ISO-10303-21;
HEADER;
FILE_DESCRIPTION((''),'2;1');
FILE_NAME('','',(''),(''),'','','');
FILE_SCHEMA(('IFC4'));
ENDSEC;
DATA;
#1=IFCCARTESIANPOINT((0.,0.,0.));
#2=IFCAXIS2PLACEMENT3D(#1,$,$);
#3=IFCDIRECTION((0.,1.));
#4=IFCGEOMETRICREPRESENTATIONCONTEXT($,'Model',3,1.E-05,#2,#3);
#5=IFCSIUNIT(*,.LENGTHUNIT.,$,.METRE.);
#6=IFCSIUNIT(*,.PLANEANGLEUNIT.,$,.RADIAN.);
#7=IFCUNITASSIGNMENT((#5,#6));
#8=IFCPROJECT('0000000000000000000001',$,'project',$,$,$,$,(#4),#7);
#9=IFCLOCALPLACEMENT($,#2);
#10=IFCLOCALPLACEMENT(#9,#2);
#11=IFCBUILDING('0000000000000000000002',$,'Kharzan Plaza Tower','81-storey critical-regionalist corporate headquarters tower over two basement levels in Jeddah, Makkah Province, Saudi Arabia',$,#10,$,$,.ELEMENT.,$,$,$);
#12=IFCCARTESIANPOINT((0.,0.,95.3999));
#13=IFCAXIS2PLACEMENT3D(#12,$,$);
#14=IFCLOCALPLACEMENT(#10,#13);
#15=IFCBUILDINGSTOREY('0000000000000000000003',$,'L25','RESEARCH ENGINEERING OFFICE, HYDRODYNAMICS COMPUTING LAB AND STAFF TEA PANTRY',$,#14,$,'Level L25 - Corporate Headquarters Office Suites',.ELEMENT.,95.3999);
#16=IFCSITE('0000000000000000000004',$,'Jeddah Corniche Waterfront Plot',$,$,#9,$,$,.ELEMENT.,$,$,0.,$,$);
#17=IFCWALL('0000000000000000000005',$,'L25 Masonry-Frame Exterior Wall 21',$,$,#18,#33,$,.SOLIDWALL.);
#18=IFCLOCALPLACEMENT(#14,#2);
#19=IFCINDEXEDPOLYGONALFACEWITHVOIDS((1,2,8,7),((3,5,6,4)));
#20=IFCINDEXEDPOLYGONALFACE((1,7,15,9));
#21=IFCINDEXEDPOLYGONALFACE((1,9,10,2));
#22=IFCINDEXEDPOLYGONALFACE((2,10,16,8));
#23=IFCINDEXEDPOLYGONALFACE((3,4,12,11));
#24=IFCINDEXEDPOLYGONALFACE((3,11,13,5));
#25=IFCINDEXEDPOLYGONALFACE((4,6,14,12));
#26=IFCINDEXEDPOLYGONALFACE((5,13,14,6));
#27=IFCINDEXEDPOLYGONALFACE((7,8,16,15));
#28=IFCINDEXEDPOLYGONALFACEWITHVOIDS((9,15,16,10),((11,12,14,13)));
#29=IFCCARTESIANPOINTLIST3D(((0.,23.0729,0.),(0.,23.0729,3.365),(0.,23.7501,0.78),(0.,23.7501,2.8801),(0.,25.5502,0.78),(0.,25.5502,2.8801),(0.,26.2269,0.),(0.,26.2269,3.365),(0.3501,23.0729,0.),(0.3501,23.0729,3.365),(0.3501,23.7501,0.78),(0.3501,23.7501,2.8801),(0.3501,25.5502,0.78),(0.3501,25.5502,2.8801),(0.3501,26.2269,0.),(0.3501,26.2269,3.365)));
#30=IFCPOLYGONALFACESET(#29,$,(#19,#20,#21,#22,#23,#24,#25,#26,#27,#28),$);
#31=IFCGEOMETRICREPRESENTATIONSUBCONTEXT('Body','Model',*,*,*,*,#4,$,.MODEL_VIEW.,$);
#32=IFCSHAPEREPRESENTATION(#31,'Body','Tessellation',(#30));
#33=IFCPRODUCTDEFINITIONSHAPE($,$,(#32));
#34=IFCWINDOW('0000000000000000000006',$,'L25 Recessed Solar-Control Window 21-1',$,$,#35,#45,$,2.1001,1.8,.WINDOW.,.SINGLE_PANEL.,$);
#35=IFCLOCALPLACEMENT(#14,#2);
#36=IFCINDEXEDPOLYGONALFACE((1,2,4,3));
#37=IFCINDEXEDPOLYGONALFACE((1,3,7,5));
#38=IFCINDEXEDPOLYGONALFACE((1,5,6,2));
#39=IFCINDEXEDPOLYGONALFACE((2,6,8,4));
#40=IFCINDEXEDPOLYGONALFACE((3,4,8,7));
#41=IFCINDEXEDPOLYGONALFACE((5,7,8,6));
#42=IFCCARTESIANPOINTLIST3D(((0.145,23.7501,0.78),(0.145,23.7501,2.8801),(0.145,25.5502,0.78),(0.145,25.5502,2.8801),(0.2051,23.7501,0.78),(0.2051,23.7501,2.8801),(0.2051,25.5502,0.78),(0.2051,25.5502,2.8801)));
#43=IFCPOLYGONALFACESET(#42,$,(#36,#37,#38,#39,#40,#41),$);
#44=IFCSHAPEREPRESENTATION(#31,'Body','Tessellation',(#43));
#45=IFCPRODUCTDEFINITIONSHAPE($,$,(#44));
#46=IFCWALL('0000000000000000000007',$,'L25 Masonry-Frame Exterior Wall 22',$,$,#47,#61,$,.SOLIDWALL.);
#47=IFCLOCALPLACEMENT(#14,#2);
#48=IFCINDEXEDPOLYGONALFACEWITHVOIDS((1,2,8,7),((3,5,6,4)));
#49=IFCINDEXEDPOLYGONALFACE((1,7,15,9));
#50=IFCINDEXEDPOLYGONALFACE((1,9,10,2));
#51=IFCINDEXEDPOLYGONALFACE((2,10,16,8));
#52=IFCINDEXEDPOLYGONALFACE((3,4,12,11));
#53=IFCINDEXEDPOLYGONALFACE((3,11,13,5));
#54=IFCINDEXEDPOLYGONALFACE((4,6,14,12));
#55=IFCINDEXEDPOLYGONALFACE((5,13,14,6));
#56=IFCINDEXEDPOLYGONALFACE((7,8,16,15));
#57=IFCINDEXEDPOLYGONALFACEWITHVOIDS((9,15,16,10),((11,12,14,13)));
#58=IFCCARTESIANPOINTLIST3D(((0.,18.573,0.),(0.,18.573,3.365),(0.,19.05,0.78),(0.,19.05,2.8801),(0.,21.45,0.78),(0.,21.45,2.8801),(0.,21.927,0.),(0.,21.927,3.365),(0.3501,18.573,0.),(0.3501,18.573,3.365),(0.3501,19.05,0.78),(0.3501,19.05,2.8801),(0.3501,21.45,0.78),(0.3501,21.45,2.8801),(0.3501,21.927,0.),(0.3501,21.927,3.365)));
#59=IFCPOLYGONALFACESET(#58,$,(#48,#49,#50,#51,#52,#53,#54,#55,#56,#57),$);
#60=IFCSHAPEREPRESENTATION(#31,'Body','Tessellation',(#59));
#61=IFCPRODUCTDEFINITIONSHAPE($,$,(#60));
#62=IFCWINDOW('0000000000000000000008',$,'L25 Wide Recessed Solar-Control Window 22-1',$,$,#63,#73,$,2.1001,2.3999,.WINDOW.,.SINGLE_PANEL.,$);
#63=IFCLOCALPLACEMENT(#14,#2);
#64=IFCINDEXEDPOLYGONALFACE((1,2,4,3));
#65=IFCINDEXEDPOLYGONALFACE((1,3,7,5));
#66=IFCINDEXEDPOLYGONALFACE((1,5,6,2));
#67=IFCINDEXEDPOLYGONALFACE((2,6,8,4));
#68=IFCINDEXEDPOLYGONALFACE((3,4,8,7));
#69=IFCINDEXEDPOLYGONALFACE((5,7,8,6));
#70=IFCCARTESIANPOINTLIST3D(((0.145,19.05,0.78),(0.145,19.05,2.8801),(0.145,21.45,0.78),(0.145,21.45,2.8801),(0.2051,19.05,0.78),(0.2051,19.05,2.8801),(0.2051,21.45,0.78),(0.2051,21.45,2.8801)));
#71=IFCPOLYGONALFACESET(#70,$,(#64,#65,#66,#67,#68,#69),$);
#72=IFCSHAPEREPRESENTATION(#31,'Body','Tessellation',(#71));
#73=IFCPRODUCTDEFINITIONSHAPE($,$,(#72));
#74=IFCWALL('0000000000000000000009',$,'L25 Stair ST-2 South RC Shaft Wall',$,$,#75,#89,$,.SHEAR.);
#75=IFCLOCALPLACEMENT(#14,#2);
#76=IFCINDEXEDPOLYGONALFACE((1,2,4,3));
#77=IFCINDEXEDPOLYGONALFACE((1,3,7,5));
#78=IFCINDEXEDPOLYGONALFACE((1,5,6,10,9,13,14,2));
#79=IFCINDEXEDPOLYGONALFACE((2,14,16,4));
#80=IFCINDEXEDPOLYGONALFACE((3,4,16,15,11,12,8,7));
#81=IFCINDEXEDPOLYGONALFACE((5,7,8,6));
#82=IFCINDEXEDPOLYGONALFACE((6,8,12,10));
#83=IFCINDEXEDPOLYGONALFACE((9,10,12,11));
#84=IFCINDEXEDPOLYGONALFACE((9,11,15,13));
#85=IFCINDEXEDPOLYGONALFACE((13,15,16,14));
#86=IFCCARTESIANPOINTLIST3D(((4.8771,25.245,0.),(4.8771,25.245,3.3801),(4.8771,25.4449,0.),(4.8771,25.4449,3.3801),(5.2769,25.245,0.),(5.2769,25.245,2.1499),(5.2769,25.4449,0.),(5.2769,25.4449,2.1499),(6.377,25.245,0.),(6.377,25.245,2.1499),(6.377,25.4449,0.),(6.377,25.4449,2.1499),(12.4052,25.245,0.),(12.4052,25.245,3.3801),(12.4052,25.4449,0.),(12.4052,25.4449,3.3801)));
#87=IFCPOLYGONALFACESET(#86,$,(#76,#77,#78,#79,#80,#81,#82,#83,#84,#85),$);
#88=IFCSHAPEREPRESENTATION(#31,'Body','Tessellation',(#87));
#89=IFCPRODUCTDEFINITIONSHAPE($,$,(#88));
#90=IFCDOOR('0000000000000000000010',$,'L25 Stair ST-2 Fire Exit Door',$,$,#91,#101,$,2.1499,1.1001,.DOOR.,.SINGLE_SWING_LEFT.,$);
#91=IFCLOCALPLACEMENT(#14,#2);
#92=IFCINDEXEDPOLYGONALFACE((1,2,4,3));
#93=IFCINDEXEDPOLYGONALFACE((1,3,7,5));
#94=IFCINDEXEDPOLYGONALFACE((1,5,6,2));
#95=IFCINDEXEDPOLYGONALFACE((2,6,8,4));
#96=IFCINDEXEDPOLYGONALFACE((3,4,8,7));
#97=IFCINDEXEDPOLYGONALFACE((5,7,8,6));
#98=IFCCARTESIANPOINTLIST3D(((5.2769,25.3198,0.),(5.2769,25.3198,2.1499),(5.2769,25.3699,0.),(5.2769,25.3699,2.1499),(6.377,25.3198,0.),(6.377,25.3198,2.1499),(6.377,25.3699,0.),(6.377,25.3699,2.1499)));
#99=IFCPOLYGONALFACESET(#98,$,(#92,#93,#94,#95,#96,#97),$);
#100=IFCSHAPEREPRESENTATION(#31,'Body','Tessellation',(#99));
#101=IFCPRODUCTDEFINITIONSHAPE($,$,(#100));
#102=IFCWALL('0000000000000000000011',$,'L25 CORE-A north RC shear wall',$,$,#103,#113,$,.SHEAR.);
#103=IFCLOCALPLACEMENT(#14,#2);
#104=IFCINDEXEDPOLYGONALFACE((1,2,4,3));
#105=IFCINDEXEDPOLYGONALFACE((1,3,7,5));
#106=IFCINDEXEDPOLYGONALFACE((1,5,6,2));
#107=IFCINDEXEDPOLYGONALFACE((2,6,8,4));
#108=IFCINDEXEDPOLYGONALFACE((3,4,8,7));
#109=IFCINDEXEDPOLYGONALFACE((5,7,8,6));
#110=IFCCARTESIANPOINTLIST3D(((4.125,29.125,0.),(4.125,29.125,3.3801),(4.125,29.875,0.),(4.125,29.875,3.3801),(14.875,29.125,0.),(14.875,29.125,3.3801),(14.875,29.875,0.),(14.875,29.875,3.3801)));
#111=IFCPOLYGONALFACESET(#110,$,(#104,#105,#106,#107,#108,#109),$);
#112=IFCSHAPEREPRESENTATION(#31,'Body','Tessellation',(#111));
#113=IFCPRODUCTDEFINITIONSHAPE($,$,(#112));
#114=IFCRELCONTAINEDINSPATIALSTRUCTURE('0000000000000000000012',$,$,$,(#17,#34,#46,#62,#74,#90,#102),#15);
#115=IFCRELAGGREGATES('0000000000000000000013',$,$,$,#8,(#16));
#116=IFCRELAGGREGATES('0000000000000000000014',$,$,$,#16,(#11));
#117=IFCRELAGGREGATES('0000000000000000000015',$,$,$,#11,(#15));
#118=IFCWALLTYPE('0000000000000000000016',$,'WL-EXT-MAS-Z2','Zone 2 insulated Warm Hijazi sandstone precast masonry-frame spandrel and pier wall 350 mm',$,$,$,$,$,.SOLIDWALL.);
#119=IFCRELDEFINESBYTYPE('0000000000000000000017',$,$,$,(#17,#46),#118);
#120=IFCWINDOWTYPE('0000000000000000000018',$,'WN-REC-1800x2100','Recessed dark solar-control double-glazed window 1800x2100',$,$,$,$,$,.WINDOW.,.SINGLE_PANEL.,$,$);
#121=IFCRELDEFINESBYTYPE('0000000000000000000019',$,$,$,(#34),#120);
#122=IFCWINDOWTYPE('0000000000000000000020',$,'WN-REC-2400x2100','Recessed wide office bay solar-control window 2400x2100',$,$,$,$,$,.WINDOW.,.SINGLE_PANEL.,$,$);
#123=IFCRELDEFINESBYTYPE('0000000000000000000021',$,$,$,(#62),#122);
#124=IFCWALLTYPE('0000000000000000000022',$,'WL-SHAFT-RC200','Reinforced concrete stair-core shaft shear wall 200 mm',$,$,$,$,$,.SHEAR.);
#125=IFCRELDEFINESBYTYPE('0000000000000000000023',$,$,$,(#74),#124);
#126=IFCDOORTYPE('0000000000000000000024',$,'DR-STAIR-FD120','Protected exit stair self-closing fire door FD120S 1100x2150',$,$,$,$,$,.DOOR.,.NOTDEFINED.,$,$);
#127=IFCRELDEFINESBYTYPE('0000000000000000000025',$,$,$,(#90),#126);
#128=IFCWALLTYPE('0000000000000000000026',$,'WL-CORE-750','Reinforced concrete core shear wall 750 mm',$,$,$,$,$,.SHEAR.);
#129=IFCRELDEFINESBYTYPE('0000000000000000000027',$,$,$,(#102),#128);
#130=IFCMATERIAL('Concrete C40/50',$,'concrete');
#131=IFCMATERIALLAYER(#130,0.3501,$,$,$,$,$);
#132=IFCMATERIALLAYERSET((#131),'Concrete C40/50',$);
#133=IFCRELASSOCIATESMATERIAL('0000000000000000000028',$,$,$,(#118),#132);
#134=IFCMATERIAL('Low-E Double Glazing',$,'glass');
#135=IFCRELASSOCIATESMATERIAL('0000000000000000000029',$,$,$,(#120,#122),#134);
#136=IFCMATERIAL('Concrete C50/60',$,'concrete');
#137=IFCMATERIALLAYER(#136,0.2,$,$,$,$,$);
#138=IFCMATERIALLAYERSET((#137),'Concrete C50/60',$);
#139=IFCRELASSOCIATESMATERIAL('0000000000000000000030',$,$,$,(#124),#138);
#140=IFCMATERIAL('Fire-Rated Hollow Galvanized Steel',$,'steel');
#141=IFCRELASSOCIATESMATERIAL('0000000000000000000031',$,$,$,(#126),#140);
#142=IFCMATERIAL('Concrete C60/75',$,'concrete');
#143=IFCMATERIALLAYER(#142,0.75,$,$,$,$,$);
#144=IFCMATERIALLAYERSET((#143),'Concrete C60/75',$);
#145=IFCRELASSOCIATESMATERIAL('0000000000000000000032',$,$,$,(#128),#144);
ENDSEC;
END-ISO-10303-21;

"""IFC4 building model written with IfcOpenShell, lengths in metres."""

from ifc_helpers import new_model, si_unit, direction, frame, frame_2d, origin, place, context, subcontext, project, spatial, rectangle, extrude, source, transform, mapped, material, layer, layer_set, type_object, element, fill, save


model = new_model("IFC4")

# Units and contexts
model_context = context("Model", 3, precision=1e-05, world=origin(), true_north=direction((0.0, 1.0)))
body_context = subcontext(model_context, "Body", "Model", "MODEL_VIEW")
ifc_project = project(units=[si_unit("LENGTHUNIT", "METRE"), si_unit("PLANEANGLEUNIT", "RADIAN")], contexts=[model_context])

# Site, building, storey
site_placement = place(None, origin())
site = spatial("IfcSite", under=ifc_project, at=site_placement, Name="Jeddah Corniche Waterfront Plot", CompositionType="ELEMENT", RefElevation=0.0)
building_placement = place(site_placement, origin())
building = spatial("IfcBuilding", under=site, at=building_placement, Name="Kharzan Plaza Tower", Description="81-storey critical-regionalist corporate headquarters tower over two basement levels in Jeddah, Makkah Province, Saudi Arabia", CompositionType="ELEMENT")
storey_placement = place(building_placement, frame((0.0, 0.0, 95.3999)))
storey = spatial("IfcBuildingStorey", under=building, at=storey_placement, Name="L25", Description="RESEARCH ENGINEERING OFFICE, HYDRODYNAMICS COMPUTING LAB AND STAFF TEA PANTRY", LongName="Level L25 - Corporate Headquarters Office Suites", CompositionType="ELEMENT", Elevation=95.3999)

# Shared definitions
ifc_material_1 = material(Name="Concrete C60/75", Category="concrete")

# Walls, openings, windows
ifc_material_2 = material(Name="Concrete C40/50", Category="concrete")
ifc_layer_1 = layer(ifc_material_2, 0.3501)
ifc_layer_set_1 = layer_set([ifc_layer_1], Name="Concrete C40/50")
wall_type_1 = type_object("IfcWallType", Name="WL-EXT-MAS-Z2", Description="Zone 2 insulated Warm Hijazi sandstone precast masonry-frame spandrel and pier wall 350 mm", PredefinedType="SOLIDWALL", material=ifc_layer_set_1)
ifc_material_3 = material(Name="Low-E Double Glazing", Category="glass")
wall_1_placement = place(storey_placement, frame((0.175, 26.2271, 0.0), z_axis=(0.0, 0.0, 1.0), x_axis=(0.0, -1.0, 0.0)))
wall_1 = element("IfcWall", 1, at=wall_1_placement, inside=storey, type_object=wall_type_1, Name="L25 Masonry-Frame Exterior Wall 21", PredefinedType="SOLIDWALL", context=body_context, shape_type="SweptSolid", body=[
    extrude(rectangle(XDim=3.1541, YDim=0.3501, at=frame_2d((1.5771, 0.0))), origin(), (0.0, 0.0, 1.0), 3.365),
])
opening_1_placement = place(wall_1_placement, frame((0.677, 0.0, 0.78)))
opening_1 = element("IfcOpeningElement", 2, at=opening_1_placement, cuts=wall_1, PredefinedType="OPENING", context=body_context, shape_type="SweptSolid", body=[
    extrude(rectangle(XDim=1.8, YDim=2.1001, at=frame_2d((0.8999, 1.05))), frame((0.0, 0.1851, 0.0), z_axis=(0.0, -1.0, 0.0), x_axis=(1.0, 0.0, 0.0)), (0.0, 0.0, 1.0), 0.3701),
])
window_type_1 = type_object("IfcWindowType", Name="WN-REC-1800x2100", Description="Recessed dark solar-control double-glazed window 1800x2100", PartitioningType="SINGLE_PANEL", PredefinedType="WINDOW", material=ifc_material_3)
shared_shape_1 = source(origin(), body_context, "Body", "SweptSolid", [
    extrude(rectangle(XDim=1.8, YDim=2.1001, at=frame_2d((0.8999, 1.05))), frame((0.0, 0.03, 0.0), z_axis=(0.0, -1.0, 0.0), x_axis=(1.0, 0.0, 0.0)), (0.0, 0.0, 1.0), 0.0601),
])
window_1_placement = place(opening_1_placement, origin())
window_1 = element("IfcWindow", 3, at=window_1_placement, inside=storey, type_object=window_type_1, Name="L25 Recessed Solar-Control Window 21-1", OverallHeight=2.1001, OverallWidth=1.8, PartitioningType="SINGLE_PANEL", PredefinedType="WINDOW", context=body_context, shape_type="MappedRepresentation", body=[
    mapped(shared_shape_1, transform((0.0, 0.0, 0.0), x_axis=(1.0, 0.0, 0.0), y_axis=(0.0, 1.0, 0.0), z_axis=(0.0, 0.0, 1.0))),
])
fill(opening_1, window_1)
wall_2_placement = place(storey_placement, frame((0.175, 21.927, 0.0), z_axis=(0.0, 0.0, 1.0), x_axis=(0.0, -1.0, 0.0)))
wall_2 = element("IfcWall", 4, at=wall_2_placement, inside=storey, type_object=wall_type_1, Name="L25 Masonry-Frame Exterior Wall 22", PredefinedType="SOLIDWALL", context=body_context, shape_type="SweptSolid", body=[
    extrude(rectangle(XDim=3.354, YDim=0.3501, at=frame_2d((1.677, 0.0))), origin(), (0.0, 0.0, 1.0), 3.365),
])
opening_2_placement = place(wall_2_placement, frame((0.4771, 0.0, 0.78)))
opening_2 = element("IfcOpeningElement", 5, at=opening_2_placement, cuts=wall_2, PredefinedType="OPENING", context=body_context, shape_type="SweptSolid", body=[
    extrude(rectangle(XDim=2.3999, YDim=2.1001, at=frame_2d((1.2, 1.05))), frame((0.0, 0.1851, 0.0), z_axis=(0.0, -1.0, 0.0), x_axis=(1.0, 0.0, 0.0)), (0.0, 0.0, 1.0), 0.3701),
])
window_type_2 = type_object("IfcWindowType", Name="WN-REC-2400x2100", Description="Recessed wide office bay solar-control window 2400x2100", PartitioningType="SINGLE_PANEL", PredefinedType="WINDOW", material=ifc_material_3)
shared_shape_2 = source(origin(), body_context, "Body", "SweptSolid", [
    extrude(rectangle(XDim=2.3999, YDim=2.1001, at=frame_2d((1.2, 1.05))), frame((0.0, 0.03, 0.0), z_axis=(0.0, -1.0, 0.0), x_axis=(1.0, 0.0, 0.0)), (0.0, 0.0, 1.0), 0.0601),
])
window_2_placement = place(opening_2_placement, origin())
window_2 = element("IfcWindow", 6, at=window_2_placement, inside=storey, type_object=window_type_2, Name="L25 Wide Recessed Solar-Control Window 22-1", OverallHeight=2.1001, OverallWidth=2.3999, PartitioningType="SINGLE_PANEL", PredefinedType="WINDOW", context=body_context, shape_type="MappedRepresentation", body=[
    mapped(shared_shape_2, transform((0.0, 0.0, 0.0), x_axis=(1.0, 0.0, 0.0), y_axis=(0.0, 1.0, 0.0), z_axis=(0.0, 0.0, 1.0))),
])
fill(opening_2, window_2)

# Wall, opening, door
ifc_material_4 = material(Name="Concrete C50/60", Category="concrete")
ifc_layer_2 = layer(ifc_material_4, 0.2)
ifc_layer_set_2 = layer_set([ifc_layer_2], Name="Concrete C50/60")
wall_type_2 = type_object("IfcWallType", Name="WL-SHAFT-RC200", Description="Reinforced concrete stair-core shaft shear wall 200 mm", PredefinedType="SHEAR", material=ifc_layer_set_2)
wall_3_placement = place(storey_placement, frame((4.877, 25.345, 0.0), z_axis=(0.0, 0.0, 1.0), x_axis=(1.0, 0.0, 0.0)))
wall_3 = element("IfcWall", 7, at=wall_3_placement, inside=storey, type_object=wall_type_2, Name="L25 Stair ST-2 South RC Shaft Wall", PredefinedType="SHEAR", context=body_context, shape_type="SweptSolid", body=[
    extrude(rectangle(XDim=7.5281, YDim=0.2, at=frame_2d((3.7642, 0.0))), origin(), (0.0, 0.0, 1.0), 3.3801),
])
opening_3_placement = place(wall_3_placement, frame((0.3999, 0.0, 0.0)))
opening_3 = element("IfcOpeningElement", 8, at=opening_3_placement, cuts=wall_3, PredefinedType="OPENING", context=body_context, shape_type="SweptSolid", body=[
    extrude(rectangle(XDim=1.1001, YDim=2.1499, at=frame_2d((0.55, 1.075))), frame((0.0, 0.1099, 0.0), z_axis=(0.0, -1.0, 0.0), x_axis=(1.0, 0.0, 0.0)), (0.0, 0.0, 1.0), 0.22),
])
ifc_material_5 = material(Name="Fire-Rated Hollow Galvanized Steel", Category="steel")
door_type = type_object("IfcDoorType", Name="DR-STAIR-FD120", Description="Protected exit stair self-closing fire door FD120S 1100x2150", OperationType="NOTDEFINED", PredefinedType="DOOR", material=ifc_material_5)
shared_shape_3 = source(origin(), body_context, "Body", "SweptSolid", [
    extrude(rectangle(XDim=1.1001, YDim=2.1499, at=frame_2d((0.55, 1.075))), frame((0.0, 0.0249, 0.0), z_axis=(0.0, -1.0, 0.0), x_axis=(1.0, 0.0, 0.0)), (0.0, 0.0, 1.0), 0.05),
])
door_placement = place(opening_3_placement, origin())
door = element("IfcDoor", 9, at=door_placement, inside=storey, type_object=door_type, Name="L25 Stair ST-2 Fire Exit Door", OperationType="SINGLE_SWING_LEFT", OverallHeight=2.1499, OverallWidth=1.1001, PredefinedType="DOOR", context=body_context, shape_type="MappedRepresentation", body=[
    mapped(shared_shape_3, transform((0.0, 0.0, 0.0), x_axis=(1.0, 0.0, 0.0), y_axis=(0.0, 1.0, 0.0), z_axis=(0.0, 0.0, 1.0))),
])
fill(opening_3, door)

# Wall
ifc_layer_3 = layer(ifc_material_1, 0.75)
ifc_layer_set_3 = layer_set([ifc_layer_3], Name="Concrete C60/75")
wall_type_3 = type_object("IfcWallType", Name="WL-CORE-750", Description="Reinforced concrete core shear wall 750 mm", PredefinedType="SHEAR", material=ifc_layer_set_3)
shared_shape_4 = source(origin(), body_context, "Body", "SweptSolid", [
    extrude(rectangle(XDim=10.75, YDim=0.75, at=frame_2d((5.375, 0.0))), origin(), (0.0, 0.0, 1.0), 3.3801),
])
wall_4_placement = place(storey_placement, frame((4.125, 29.5, 0.0), z_axis=(0.0, 0.0, 1.0), x_axis=(1.0, 0.0, 0.0)))
element("IfcWall", 10, at=wall_4_placement, inside=storey, type_object=wall_type_3, Name="L25 CORE-A north RC shear wall", PredefinedType="SHEAR", context=body_context, shape_type="MappedRepresentation", body=[
    mapped(shared_shape_4, transform((0.0, 0.0, 0.0), x_axis=(1.0, 0.0, 0.0), y_axis=(0.0, 1.0, 0.0), z_axis=(0.0, 0.0, 1.0))),
])

save(model, "model.ifc")
